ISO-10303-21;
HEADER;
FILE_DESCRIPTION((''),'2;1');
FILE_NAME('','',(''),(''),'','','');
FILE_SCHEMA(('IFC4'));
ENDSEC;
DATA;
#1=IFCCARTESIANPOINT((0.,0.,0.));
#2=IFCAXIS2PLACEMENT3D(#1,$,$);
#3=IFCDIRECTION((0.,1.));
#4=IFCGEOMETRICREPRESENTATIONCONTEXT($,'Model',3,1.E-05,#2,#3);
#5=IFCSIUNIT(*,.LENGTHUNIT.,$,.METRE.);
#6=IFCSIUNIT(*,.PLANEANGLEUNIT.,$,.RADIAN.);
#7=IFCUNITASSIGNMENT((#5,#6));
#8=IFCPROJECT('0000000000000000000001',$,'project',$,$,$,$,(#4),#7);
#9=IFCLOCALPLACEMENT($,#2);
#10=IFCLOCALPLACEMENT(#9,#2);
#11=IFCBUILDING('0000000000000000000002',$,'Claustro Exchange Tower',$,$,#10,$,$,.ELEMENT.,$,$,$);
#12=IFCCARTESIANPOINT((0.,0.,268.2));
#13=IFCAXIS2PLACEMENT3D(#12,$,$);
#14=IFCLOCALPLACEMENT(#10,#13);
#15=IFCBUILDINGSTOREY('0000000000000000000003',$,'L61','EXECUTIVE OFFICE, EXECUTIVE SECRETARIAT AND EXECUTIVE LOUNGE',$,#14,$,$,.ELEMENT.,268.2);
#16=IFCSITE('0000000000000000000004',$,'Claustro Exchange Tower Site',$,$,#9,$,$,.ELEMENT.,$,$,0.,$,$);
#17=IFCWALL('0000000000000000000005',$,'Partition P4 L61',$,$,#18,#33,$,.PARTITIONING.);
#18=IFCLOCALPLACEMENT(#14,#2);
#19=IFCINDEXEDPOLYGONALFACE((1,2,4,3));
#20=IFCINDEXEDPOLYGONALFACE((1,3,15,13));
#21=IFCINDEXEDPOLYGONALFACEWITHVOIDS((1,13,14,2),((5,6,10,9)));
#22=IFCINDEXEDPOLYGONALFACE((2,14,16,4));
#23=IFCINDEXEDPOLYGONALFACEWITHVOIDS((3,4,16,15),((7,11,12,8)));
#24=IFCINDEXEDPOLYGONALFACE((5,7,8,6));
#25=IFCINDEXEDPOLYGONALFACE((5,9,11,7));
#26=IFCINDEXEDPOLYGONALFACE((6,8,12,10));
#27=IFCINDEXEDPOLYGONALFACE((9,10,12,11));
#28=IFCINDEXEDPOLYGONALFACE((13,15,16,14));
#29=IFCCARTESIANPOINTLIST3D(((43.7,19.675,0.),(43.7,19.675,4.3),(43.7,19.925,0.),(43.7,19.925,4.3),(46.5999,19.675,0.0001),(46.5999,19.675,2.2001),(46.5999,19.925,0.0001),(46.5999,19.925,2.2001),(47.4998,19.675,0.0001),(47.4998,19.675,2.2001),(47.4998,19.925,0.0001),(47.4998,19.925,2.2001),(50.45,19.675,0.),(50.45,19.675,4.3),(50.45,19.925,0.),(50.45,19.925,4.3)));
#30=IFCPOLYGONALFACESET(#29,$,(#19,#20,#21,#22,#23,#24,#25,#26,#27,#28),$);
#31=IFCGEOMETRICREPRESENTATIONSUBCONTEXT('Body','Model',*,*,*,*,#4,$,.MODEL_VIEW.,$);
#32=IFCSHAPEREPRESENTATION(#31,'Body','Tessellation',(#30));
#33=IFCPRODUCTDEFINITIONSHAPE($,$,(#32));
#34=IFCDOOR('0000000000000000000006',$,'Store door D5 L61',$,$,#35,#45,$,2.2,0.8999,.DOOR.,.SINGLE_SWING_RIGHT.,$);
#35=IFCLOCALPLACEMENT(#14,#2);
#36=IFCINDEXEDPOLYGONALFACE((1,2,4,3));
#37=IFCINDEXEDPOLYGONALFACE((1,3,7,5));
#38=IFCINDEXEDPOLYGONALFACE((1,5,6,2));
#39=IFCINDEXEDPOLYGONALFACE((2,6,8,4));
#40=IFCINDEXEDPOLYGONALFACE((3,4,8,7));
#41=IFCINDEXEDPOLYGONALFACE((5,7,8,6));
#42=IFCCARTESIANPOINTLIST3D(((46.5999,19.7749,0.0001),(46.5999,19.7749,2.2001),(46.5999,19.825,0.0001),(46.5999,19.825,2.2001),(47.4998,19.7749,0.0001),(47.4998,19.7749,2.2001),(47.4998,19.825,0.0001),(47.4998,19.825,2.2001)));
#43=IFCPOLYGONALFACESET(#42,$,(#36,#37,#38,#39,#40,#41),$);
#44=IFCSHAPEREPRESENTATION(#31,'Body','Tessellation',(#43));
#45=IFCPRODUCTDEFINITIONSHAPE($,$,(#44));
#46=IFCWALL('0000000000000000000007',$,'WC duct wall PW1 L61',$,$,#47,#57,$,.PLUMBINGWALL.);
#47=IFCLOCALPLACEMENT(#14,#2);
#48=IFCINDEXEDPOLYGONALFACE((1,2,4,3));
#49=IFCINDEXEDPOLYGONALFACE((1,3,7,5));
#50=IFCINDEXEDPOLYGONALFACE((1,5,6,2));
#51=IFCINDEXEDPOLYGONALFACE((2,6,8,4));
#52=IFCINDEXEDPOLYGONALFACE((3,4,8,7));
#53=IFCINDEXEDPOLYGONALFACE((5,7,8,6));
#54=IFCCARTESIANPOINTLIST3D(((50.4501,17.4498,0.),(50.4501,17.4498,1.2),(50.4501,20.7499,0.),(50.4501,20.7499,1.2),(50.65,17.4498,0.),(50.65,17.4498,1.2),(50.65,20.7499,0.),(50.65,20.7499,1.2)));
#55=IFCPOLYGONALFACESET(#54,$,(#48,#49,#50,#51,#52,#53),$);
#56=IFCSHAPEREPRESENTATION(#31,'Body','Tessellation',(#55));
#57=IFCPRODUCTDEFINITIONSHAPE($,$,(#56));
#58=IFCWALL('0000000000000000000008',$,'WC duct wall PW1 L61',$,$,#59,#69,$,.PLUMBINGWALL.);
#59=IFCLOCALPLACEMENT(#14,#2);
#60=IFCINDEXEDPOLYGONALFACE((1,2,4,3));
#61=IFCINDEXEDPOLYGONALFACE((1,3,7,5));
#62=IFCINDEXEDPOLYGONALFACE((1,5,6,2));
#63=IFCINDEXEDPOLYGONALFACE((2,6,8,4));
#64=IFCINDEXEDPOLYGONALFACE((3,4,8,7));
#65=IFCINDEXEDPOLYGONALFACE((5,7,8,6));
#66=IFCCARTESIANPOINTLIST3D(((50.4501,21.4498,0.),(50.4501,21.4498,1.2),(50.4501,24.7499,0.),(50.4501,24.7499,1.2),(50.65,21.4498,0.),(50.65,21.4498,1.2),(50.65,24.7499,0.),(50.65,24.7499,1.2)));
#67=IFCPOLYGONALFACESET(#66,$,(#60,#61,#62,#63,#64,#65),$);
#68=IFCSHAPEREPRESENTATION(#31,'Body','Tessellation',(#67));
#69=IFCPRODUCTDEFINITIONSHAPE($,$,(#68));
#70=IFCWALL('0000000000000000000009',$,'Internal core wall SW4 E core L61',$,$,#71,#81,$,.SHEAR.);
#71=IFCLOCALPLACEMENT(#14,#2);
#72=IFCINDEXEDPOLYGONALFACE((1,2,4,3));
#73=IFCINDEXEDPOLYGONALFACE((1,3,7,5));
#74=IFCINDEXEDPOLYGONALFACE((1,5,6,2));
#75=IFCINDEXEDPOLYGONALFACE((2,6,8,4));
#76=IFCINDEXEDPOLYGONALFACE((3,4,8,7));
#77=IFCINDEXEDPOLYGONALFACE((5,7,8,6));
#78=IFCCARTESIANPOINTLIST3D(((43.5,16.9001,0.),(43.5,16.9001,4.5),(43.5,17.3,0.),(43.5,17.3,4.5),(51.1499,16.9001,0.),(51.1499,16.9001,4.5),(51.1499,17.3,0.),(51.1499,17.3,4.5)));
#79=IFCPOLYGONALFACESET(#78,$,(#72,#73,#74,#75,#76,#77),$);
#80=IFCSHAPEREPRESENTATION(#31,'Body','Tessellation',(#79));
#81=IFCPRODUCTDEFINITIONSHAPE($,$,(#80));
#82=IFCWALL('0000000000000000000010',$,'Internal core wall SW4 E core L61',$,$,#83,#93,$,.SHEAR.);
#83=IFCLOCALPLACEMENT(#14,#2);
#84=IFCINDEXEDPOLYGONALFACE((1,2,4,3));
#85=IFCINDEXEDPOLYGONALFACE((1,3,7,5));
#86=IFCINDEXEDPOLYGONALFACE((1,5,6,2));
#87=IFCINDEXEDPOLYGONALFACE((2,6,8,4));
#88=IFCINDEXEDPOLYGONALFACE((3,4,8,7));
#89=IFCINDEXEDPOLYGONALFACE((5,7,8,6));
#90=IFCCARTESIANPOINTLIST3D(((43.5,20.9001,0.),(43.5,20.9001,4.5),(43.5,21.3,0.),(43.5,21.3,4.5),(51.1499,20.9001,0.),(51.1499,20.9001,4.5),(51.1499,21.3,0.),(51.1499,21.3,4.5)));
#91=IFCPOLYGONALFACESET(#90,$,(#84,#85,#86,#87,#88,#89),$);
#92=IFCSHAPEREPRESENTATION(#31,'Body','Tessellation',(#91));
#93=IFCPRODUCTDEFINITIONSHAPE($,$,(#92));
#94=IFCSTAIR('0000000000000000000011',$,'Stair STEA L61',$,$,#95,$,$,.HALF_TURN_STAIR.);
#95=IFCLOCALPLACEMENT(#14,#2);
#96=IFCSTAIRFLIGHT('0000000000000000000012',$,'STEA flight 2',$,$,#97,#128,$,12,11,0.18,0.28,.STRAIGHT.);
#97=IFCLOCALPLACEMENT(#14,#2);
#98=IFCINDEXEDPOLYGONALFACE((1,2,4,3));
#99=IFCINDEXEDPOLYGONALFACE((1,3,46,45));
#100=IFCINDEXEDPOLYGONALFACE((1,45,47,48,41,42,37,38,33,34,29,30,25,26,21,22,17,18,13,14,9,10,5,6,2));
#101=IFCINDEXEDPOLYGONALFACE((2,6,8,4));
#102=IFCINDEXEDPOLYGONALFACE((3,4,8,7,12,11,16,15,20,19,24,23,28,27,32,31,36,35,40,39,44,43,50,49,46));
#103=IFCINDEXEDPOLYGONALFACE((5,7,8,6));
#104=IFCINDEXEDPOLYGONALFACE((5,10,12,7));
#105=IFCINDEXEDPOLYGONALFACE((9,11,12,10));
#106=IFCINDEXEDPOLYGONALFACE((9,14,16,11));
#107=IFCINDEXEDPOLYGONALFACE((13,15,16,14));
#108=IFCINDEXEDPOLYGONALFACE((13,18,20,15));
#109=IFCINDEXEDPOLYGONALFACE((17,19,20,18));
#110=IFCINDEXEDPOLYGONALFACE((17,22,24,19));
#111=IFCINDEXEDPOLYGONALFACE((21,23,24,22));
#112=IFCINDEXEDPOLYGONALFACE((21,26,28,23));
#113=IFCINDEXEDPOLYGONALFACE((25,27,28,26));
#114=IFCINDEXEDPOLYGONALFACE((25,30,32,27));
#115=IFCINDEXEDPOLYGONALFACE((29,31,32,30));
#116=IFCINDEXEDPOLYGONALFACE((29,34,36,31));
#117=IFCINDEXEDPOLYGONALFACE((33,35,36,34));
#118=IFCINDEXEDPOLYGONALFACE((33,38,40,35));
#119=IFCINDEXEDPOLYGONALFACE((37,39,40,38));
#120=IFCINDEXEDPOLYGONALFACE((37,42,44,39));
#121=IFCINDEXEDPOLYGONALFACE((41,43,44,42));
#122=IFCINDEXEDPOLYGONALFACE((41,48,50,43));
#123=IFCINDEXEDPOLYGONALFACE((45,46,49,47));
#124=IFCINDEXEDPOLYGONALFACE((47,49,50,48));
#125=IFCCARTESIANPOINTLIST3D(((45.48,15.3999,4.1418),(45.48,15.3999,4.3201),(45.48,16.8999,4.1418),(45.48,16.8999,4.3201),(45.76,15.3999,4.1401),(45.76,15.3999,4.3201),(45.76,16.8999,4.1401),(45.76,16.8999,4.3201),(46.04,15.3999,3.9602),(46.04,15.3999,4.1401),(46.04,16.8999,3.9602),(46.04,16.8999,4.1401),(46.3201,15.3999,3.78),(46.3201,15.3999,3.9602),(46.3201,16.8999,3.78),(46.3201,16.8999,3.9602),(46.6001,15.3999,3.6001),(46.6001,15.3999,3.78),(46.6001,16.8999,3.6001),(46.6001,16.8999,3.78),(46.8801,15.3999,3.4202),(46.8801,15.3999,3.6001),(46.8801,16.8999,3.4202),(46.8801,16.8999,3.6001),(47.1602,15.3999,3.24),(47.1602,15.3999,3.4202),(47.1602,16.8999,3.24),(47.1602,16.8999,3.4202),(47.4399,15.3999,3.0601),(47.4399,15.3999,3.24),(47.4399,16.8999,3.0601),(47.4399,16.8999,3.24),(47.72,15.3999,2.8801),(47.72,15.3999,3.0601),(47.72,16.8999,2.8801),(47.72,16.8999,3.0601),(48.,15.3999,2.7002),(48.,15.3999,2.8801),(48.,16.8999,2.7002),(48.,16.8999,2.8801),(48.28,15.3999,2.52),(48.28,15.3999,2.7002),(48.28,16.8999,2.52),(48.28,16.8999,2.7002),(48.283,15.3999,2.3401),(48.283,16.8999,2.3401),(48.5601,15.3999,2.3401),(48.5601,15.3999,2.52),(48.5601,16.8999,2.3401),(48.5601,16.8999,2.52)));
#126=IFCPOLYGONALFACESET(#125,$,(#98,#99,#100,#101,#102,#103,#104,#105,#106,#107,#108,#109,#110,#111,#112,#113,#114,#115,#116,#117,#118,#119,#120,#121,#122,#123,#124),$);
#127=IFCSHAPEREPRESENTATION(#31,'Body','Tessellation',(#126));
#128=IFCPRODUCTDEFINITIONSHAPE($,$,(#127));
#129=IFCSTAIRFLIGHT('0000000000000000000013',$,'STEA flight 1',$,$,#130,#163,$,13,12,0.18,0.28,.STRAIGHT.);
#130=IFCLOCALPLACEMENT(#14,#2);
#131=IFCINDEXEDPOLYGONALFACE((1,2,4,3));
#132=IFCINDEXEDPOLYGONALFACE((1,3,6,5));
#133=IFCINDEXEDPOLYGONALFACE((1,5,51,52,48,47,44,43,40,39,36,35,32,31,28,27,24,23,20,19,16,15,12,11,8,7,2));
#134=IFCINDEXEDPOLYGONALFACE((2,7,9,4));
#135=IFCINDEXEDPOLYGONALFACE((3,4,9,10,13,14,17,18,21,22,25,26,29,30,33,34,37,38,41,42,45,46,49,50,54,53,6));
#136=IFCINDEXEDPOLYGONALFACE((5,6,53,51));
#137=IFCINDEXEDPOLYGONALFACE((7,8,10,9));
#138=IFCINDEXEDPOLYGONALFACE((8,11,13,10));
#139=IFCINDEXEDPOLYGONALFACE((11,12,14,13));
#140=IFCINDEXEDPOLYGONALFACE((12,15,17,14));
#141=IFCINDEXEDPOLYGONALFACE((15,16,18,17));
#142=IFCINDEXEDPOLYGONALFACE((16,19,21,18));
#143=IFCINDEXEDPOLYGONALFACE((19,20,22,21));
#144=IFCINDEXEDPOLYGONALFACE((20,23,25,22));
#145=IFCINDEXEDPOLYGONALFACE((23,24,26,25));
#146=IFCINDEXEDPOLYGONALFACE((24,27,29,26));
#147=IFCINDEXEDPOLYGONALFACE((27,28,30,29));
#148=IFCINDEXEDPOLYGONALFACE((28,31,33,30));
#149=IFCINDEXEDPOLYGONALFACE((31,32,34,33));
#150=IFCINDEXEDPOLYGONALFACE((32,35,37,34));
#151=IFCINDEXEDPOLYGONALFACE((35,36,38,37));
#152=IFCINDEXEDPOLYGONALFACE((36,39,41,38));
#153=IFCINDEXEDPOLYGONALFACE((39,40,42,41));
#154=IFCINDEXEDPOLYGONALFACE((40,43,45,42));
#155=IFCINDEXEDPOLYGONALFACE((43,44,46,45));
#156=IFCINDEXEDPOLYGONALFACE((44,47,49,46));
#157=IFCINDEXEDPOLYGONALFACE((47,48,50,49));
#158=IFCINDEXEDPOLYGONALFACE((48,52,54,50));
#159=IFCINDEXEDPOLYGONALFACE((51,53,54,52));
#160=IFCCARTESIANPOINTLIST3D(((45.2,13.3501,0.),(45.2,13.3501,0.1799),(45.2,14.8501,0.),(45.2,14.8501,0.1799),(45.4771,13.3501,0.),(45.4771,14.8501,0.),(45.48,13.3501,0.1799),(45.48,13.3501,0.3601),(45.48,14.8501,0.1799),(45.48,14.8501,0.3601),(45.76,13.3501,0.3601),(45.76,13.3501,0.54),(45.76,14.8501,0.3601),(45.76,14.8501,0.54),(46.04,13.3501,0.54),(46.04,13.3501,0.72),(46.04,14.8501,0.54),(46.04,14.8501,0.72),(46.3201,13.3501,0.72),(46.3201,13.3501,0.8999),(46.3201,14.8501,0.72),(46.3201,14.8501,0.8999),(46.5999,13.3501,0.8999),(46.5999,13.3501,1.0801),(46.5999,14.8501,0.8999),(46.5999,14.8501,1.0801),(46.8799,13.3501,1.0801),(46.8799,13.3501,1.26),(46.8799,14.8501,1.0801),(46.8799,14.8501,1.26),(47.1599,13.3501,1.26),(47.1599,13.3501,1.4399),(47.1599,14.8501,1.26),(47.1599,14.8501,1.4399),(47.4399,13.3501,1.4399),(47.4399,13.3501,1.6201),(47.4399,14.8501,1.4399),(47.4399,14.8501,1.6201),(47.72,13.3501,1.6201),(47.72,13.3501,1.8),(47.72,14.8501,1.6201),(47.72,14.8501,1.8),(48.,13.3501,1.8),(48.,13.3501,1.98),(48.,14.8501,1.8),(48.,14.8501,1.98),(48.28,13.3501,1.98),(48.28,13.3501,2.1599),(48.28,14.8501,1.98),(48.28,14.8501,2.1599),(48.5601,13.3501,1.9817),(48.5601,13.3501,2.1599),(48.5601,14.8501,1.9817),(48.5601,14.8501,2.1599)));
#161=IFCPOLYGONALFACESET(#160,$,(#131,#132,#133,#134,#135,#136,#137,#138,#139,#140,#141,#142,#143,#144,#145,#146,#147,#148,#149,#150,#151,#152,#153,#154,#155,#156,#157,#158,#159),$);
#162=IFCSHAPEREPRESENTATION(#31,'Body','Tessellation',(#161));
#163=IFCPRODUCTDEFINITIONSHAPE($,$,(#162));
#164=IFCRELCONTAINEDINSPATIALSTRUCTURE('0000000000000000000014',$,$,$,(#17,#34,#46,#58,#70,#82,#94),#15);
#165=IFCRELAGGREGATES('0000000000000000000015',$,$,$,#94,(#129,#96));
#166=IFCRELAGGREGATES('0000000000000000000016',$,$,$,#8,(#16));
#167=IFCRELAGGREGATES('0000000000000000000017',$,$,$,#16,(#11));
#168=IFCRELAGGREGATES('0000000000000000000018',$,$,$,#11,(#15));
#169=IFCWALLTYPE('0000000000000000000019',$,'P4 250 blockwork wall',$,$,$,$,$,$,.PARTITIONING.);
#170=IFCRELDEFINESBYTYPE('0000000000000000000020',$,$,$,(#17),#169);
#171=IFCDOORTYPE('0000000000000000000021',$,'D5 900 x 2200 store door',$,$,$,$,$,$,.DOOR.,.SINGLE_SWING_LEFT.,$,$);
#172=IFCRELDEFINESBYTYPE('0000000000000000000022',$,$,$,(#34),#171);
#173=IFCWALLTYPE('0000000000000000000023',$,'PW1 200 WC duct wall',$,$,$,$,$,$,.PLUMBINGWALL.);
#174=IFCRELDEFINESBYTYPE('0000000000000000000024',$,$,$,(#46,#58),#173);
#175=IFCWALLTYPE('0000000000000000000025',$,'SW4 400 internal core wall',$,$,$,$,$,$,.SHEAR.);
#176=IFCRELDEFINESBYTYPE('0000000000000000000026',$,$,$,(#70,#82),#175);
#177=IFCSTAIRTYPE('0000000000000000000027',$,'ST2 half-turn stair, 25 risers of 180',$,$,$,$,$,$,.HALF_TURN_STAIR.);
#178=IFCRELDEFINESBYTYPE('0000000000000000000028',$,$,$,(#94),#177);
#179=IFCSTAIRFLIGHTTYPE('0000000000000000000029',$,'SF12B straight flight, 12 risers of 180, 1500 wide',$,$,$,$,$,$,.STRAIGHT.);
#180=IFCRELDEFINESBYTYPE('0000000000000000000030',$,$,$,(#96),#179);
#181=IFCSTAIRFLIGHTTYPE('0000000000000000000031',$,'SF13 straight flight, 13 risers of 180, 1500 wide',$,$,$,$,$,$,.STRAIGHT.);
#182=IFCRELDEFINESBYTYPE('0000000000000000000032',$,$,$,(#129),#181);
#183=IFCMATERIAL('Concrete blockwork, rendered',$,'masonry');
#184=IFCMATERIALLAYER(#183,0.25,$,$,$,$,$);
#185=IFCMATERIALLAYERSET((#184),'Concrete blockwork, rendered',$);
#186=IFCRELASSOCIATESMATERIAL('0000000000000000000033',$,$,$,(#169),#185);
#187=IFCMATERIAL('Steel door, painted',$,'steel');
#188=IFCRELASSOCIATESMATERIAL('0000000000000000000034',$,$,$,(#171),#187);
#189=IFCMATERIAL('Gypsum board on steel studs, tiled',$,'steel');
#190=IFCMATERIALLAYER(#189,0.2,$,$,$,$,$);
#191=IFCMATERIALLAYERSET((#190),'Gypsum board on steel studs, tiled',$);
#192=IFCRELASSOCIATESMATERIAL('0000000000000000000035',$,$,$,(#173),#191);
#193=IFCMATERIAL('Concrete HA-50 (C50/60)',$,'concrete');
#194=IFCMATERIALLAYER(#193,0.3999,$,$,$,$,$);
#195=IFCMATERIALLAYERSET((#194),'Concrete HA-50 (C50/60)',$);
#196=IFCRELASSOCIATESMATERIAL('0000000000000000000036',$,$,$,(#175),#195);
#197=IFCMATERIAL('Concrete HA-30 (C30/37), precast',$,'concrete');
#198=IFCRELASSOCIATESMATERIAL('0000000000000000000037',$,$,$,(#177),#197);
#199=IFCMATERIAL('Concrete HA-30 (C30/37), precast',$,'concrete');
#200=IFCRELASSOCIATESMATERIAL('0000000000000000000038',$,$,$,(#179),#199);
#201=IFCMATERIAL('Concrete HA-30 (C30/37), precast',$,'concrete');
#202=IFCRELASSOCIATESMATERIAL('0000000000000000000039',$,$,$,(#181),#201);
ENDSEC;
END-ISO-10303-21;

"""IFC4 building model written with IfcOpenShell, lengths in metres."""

from ifc_helpers import new_model, si_unit, direction, frame, frame_2d, origin, place, context, subcontext, project, spatial, polyline, rectangle, outline, extrude, material, layer, layer_set, type_object, element, fill, aggregate, save


model = new_model("IFC4")

# Units and contexts
model_context = context("Model", 3, precision=1e-05, world=origin(), true_north=direction((0.0, 1.0)))
body_context = subcontext(model_context, "Body", "Model", "MODEL_VIEW")
ifc_project = project(units=[si_unit("LENGTHUNIT", "METRE"), si_unit("PLANEANGLEUNIT", "RADIAN")], contexts=[model_context])

# Site, building, storey
site_placement = place(None, origin())
site = spatial("IfcSite", under=ifc_project, at=site_placement, Name="Claustro Exchange Tower Site", CompositionType="ELEMENT", RefElevation=0.0)
building_placement = place(site_placement, origin())
building = spatial("IfcBuilding", under=site, at=building_placement, Name="Claustro Exchange Tower", CompositionType="ELEMENT")
storey_placement = place(building_placement, frame((0.0, 0.0, 268.2)))
storey = spatial("IfcBuildingStorey", under=building, at=storey_placement, Name="L61", Description="EXECUTIVE OFFICE, EXECUTIVE SECRETARIAT AND EXECUTIVE LOUNGE", CompositionType="ELEMENT", Elevation=268.2)

# Wall, opening, door
ifc_material_1 = material(Name="Concrete blockwork, rendered", Category="masonry")
ifc_layer_1 = layer(ifc_material_1, 0.25)
ifc_layer_set_1 = layer_set([ifc_layer_1], Name="Concrete blockwork, rendered")
wall_type_1 = type_object("IfcWallType", Name="P4 250 blockwork wall", PredefinedType="PARTITIONING", material=ifc_layer_set_1)
wall_placement = place(storey_placement, frame((43.7, 19.8, 0.0), z_axis=(0.0, 0.0, 1.0), x_axis=(1.0, 0.0, 0.0)))
wall = element("IfcWall", 1, at=wall_placement, inside=storey, type_object=wall_type_1, Name="Partition P4 L61", PredefinedType="PARTITIONING", context=body_context, shape_type="SweptSolid", body=[
    extrude(rectangle(XDim=6.75, YDim=0.25, at=frame_2d((3.375, 0.0))), origin(), (0.0, 0.0, 1.0), 4.3),
])
opening_placement = place(wall_placement, frame((2.8999, 0.0, 0.0)))
opening = element("IfcOpeningElement", 2, at=opening_placement, cuts=wall, PredefinedType="OPENING", context=body_context, shape_type="SweptSolid", body=[
    extrude(rectangle(XDim=0.8999, YDim=2.2, at=frame_2d((0.45, 1.1001))), frame((0.0, 0.135, 0.0), z_axis=(0.0, -1.0, 0.0), x_axis=(1.0, 0.0, 0.0)), (0.0, 0.0, 1.0), 0.27),
])
ifc_material_2 = material(Name="Steel door, painted", Category="steel")
door_type = type_object("IfcDoorType", Name="D5 900 x 2200 store door", OperationType="SINGLE_SWING_LEFT", PredefinedType="DOOR", material=ifc_material_2)
door_placement = place(opening_placement, origin())
door = element("IfcDoor", 3, at=door_placement, inside=storey, type_object=door_type, Name="Store door D5 L61", OperationType="SINGLE_SWING_RIGHT", OverallHeight=2.2, OverallWidth=0.8999, PredefinedType="DOOR", context=body_context, shape_type="SweptSolid", body=[
    extrude(rectangle(XDim=0.8999, YDim=2.2, at=frame_2d((0.45, 1.1001))), frame((0.0, 0.0249, 0.0), z_axis=(0.0, -1.0, 0.0), x_axis=(1.0, 0.0, 0.0)), (0.0, 0.0, 1.0), 0.05),
])
fill(opening, door)

# Walls
ifc_material_3 = material(Name="Gypsum board on steel studs, tiled", Category="steel")
ifc_layer_2 = layer(ifc_material_3, 0.2)
ifc_layer_set_2 = layer_set([ifc_layer_2], Name="Gypsum board on steel studs, tiled")
wall_type_2 = type_object("IfcWallType", Name="PW1 200 WC duct wall", PredefinedType="PLUMBINGWALL", material=ifc_layer_set_2)
for number, where, z_axis, x_axis, name in (
    (4, (50.55, 17.45, 0.0), (0.0, 0.0, 1.0), (0.0, 1.0, 0.0), "WC duct wall PW1 L61"),
    (5, (50.55, 21.45, 0.0), (0.0, 0.0, 1.0), (0.0, 1.0, 0.0), "WC duct wall PW1 L61"),
):
    element("IfcWall", number, at=place(storey_placement, frame(where, z_axis=z_axis, x_axis=x_axis)), inside=storey, type_object=wall_type_2, Name=name, PredefinedType="PLUMBINGWALL", context=body_context, shape_type="SweptSolid", body=[
        extrude(rectangle(XDim=3.3, YDim=0.2, at=frame_2d((1.6499, 0.0))), origin(), (0.0, 0.0, 1.0), 1.2),
    ])
ifc_material_4 = material(Name="Concrete HA-50 (C50/60)", Category="concrete")
ifc_layer_3 = layer(ifc_material_4, 0.3999)
ifc_layer_set_3 = layer_set([ifc_layer_3], Name="Concrete HA-50 (C50/60)")
wall_type_3 = type_object("IfcWallType", Name="SW4 400 internal core wall", PredefinedType="SHEAR", material=ifc_layer_set_3)
for number, where, z_axis, x_axis, name in (
    (6, (51.1499, 17.1001, 0.0), (0.0, 0.0, 1.0), (-1.0, 0.0, 0.0), "Internal core wall SW4 E core L61"),
    (7, (51.1499, 21.1001, 0.0), (0.0, 0.0, 1.0), (-1.0, 0.0, 0.0), "Internal core wall SW4 E core L61"),
):
    element("IfcWall", number, at=place(storey_placement, frame(where, z_axis=z_axis, x_axis=x_axis)), inside=storey, type_object=wall_type_3, Name=name, PredefinedType="SHEAR", context=body_context, shape_type="SweptSolid", body=[
        extrude(rectangle(XDim=7.6499, YDim=0.3999, at=frame_2d((3.825, 0.0))), origin(), (0.0, 0.0, 1.0), 4.5),
    ])

# Stair, stair flights
ifc_material_5 = material(Name="Concrete HA-30 (C30/37), precast", Category="concrete")
stair_type = type_object("IfcStairType", Name="ST2 half-turn stair, 25 risers of 180", PredefinedType="HALF_TURN_STAIR", material=ifc_material_5)
stair_placement = place(storey_placement, origin())
stair = element("IfcStair", 8, at=stair_placement, inside=storey, type_object=stair_type, Name="Stair STEA L61", PredefinedType="HALF_TURN_STAIR")
ifc_material_6 = material(Name="Concrete HA-30 (C30/37), precast", Category="concrete")
stair_flight_type_1 = type_object("IfcStairFlightType", Name="SF12B straight flight, 12 risers of 180, 1500 wide", PredefinedType="STRAIGHT", material=ifc_material_6)
stair_flight_1_placement = place(storey_placement, frame((48.5601, 16.1499, 2.3401), z_axis=(0.0, 0.0, 1.0), x_axis=(-1.0, 0.0, 0.0)))
stair_flight_1 = element("IfcStairFlight", 9, at=stair_flight_1_placement, type_object=stair_flight_type_1, Name="STEA flight 2", NumberOfRisers=12, NumberOfTreads=11, PredefinedType="STRAIGHT", RiserHeight=0.18, TreadLength=0.28, context=body_context, shape_type="SweptSolid", body=[
    extrude(outline(polyline([(0.0, 0.0), (0.0, 0.1799), (0.28, 0.1799), (0.28, 0.3601), (0.5601, 0.3601), (0.5601, 0.54), (0.8401, 0.54), (0.8401, 0.72), (1.1201, 0.72), (1.1201, 0.8999), (1.3999, 0.8999), (1.3999, 1.0801), (1.6799, 1.0801), (1.6799, 1.26), (1.96, 1.26), (1.96, 1.4399), (2.24, 1.4399), (2.24, 1.6201), (2.52, 1.6201), (2.52, 1.8), (2.8, 1.8), (2.8, 1.98), (3.0801, 1.98), (3.0801, 2.1599), (3.0801, 1.8018), (0.2771, 0.0), (0.0, 0.0)])), frame((0.0, 0.75, 0.0), z_axis=(0.0, -1.0, 0.0), x_axis=(1.0, 0.0, 0.0)), (0.0, 0.0, 1.0), 1.5),
])
ifc_material_7 = material(Name="Concrete HA-30 (C30/37), precast", Category="concrete")
stair_flight_type_2 = type_object("IfcStairFlightType", Name="SF13 straight flight, 13 risers of 180, 1500 wide", PredefinedType="STRAIGHT", material=ifc_material_7)
stair_flight_2_placement = place(storey_placement, frame((45.2, 14.1001, 0.0), z_axis=(0.0, 0.0, 1.0), x_axis=(1.0, 0.0, 0.0)))
stair_flight_2 = element("IfcStairFlight", 10, at=stair_flight_2_placement, type_object=stair_flight_type_2, Name="STEA flight 1", NumberOfRisers=13, NumberOfTreads=12, PredefinedType="STRAIGHT", RiserHeight=0.18, TreadLength=0.28, context=body_context, shape_type="SweptSolid", body=[
    extrude(outline(polyline([(0.0, 0.0), (0.0, 0.1799), (0.28, 0.1799), (0.28, 0.3601), (0.5601, 0.3601), (0.5601, 0.54), (0.8401, 0.54), (0.8401, 0.72), (1.1201, 0.72), (1.1201, 0.8999), (1.3999, 0.8999), (1.3999, 1.0801), (1.6799, 1.0801), (1.6799, 1.26), (1.96, 1.26), (1.96, 1.4399), (2.24, 1.4399), (2.24, 1.6201), (2.52, 1.6201), (2.52, 1.8), (2.8, 1.8), (2.8, 1.98), (3.0801, 1.98), (3.0801, 2.1599), (3.3601, 2.1599), (3.3601, 2.3401), (3.3601, 1.9817), (0.2771, 0.0), (0.0, 0.0)])), frame((0.0, 0.75, 0.0), z_axis=(0.0, -1.0, 0.0), x_axis=(1.0, 0.0, 0.0)), (0.0, 0.0, 1.0), 1.5),
])
aggregate(stair, [stair_flight_2, stair_flight_1])

save(model, "model.ifc")
